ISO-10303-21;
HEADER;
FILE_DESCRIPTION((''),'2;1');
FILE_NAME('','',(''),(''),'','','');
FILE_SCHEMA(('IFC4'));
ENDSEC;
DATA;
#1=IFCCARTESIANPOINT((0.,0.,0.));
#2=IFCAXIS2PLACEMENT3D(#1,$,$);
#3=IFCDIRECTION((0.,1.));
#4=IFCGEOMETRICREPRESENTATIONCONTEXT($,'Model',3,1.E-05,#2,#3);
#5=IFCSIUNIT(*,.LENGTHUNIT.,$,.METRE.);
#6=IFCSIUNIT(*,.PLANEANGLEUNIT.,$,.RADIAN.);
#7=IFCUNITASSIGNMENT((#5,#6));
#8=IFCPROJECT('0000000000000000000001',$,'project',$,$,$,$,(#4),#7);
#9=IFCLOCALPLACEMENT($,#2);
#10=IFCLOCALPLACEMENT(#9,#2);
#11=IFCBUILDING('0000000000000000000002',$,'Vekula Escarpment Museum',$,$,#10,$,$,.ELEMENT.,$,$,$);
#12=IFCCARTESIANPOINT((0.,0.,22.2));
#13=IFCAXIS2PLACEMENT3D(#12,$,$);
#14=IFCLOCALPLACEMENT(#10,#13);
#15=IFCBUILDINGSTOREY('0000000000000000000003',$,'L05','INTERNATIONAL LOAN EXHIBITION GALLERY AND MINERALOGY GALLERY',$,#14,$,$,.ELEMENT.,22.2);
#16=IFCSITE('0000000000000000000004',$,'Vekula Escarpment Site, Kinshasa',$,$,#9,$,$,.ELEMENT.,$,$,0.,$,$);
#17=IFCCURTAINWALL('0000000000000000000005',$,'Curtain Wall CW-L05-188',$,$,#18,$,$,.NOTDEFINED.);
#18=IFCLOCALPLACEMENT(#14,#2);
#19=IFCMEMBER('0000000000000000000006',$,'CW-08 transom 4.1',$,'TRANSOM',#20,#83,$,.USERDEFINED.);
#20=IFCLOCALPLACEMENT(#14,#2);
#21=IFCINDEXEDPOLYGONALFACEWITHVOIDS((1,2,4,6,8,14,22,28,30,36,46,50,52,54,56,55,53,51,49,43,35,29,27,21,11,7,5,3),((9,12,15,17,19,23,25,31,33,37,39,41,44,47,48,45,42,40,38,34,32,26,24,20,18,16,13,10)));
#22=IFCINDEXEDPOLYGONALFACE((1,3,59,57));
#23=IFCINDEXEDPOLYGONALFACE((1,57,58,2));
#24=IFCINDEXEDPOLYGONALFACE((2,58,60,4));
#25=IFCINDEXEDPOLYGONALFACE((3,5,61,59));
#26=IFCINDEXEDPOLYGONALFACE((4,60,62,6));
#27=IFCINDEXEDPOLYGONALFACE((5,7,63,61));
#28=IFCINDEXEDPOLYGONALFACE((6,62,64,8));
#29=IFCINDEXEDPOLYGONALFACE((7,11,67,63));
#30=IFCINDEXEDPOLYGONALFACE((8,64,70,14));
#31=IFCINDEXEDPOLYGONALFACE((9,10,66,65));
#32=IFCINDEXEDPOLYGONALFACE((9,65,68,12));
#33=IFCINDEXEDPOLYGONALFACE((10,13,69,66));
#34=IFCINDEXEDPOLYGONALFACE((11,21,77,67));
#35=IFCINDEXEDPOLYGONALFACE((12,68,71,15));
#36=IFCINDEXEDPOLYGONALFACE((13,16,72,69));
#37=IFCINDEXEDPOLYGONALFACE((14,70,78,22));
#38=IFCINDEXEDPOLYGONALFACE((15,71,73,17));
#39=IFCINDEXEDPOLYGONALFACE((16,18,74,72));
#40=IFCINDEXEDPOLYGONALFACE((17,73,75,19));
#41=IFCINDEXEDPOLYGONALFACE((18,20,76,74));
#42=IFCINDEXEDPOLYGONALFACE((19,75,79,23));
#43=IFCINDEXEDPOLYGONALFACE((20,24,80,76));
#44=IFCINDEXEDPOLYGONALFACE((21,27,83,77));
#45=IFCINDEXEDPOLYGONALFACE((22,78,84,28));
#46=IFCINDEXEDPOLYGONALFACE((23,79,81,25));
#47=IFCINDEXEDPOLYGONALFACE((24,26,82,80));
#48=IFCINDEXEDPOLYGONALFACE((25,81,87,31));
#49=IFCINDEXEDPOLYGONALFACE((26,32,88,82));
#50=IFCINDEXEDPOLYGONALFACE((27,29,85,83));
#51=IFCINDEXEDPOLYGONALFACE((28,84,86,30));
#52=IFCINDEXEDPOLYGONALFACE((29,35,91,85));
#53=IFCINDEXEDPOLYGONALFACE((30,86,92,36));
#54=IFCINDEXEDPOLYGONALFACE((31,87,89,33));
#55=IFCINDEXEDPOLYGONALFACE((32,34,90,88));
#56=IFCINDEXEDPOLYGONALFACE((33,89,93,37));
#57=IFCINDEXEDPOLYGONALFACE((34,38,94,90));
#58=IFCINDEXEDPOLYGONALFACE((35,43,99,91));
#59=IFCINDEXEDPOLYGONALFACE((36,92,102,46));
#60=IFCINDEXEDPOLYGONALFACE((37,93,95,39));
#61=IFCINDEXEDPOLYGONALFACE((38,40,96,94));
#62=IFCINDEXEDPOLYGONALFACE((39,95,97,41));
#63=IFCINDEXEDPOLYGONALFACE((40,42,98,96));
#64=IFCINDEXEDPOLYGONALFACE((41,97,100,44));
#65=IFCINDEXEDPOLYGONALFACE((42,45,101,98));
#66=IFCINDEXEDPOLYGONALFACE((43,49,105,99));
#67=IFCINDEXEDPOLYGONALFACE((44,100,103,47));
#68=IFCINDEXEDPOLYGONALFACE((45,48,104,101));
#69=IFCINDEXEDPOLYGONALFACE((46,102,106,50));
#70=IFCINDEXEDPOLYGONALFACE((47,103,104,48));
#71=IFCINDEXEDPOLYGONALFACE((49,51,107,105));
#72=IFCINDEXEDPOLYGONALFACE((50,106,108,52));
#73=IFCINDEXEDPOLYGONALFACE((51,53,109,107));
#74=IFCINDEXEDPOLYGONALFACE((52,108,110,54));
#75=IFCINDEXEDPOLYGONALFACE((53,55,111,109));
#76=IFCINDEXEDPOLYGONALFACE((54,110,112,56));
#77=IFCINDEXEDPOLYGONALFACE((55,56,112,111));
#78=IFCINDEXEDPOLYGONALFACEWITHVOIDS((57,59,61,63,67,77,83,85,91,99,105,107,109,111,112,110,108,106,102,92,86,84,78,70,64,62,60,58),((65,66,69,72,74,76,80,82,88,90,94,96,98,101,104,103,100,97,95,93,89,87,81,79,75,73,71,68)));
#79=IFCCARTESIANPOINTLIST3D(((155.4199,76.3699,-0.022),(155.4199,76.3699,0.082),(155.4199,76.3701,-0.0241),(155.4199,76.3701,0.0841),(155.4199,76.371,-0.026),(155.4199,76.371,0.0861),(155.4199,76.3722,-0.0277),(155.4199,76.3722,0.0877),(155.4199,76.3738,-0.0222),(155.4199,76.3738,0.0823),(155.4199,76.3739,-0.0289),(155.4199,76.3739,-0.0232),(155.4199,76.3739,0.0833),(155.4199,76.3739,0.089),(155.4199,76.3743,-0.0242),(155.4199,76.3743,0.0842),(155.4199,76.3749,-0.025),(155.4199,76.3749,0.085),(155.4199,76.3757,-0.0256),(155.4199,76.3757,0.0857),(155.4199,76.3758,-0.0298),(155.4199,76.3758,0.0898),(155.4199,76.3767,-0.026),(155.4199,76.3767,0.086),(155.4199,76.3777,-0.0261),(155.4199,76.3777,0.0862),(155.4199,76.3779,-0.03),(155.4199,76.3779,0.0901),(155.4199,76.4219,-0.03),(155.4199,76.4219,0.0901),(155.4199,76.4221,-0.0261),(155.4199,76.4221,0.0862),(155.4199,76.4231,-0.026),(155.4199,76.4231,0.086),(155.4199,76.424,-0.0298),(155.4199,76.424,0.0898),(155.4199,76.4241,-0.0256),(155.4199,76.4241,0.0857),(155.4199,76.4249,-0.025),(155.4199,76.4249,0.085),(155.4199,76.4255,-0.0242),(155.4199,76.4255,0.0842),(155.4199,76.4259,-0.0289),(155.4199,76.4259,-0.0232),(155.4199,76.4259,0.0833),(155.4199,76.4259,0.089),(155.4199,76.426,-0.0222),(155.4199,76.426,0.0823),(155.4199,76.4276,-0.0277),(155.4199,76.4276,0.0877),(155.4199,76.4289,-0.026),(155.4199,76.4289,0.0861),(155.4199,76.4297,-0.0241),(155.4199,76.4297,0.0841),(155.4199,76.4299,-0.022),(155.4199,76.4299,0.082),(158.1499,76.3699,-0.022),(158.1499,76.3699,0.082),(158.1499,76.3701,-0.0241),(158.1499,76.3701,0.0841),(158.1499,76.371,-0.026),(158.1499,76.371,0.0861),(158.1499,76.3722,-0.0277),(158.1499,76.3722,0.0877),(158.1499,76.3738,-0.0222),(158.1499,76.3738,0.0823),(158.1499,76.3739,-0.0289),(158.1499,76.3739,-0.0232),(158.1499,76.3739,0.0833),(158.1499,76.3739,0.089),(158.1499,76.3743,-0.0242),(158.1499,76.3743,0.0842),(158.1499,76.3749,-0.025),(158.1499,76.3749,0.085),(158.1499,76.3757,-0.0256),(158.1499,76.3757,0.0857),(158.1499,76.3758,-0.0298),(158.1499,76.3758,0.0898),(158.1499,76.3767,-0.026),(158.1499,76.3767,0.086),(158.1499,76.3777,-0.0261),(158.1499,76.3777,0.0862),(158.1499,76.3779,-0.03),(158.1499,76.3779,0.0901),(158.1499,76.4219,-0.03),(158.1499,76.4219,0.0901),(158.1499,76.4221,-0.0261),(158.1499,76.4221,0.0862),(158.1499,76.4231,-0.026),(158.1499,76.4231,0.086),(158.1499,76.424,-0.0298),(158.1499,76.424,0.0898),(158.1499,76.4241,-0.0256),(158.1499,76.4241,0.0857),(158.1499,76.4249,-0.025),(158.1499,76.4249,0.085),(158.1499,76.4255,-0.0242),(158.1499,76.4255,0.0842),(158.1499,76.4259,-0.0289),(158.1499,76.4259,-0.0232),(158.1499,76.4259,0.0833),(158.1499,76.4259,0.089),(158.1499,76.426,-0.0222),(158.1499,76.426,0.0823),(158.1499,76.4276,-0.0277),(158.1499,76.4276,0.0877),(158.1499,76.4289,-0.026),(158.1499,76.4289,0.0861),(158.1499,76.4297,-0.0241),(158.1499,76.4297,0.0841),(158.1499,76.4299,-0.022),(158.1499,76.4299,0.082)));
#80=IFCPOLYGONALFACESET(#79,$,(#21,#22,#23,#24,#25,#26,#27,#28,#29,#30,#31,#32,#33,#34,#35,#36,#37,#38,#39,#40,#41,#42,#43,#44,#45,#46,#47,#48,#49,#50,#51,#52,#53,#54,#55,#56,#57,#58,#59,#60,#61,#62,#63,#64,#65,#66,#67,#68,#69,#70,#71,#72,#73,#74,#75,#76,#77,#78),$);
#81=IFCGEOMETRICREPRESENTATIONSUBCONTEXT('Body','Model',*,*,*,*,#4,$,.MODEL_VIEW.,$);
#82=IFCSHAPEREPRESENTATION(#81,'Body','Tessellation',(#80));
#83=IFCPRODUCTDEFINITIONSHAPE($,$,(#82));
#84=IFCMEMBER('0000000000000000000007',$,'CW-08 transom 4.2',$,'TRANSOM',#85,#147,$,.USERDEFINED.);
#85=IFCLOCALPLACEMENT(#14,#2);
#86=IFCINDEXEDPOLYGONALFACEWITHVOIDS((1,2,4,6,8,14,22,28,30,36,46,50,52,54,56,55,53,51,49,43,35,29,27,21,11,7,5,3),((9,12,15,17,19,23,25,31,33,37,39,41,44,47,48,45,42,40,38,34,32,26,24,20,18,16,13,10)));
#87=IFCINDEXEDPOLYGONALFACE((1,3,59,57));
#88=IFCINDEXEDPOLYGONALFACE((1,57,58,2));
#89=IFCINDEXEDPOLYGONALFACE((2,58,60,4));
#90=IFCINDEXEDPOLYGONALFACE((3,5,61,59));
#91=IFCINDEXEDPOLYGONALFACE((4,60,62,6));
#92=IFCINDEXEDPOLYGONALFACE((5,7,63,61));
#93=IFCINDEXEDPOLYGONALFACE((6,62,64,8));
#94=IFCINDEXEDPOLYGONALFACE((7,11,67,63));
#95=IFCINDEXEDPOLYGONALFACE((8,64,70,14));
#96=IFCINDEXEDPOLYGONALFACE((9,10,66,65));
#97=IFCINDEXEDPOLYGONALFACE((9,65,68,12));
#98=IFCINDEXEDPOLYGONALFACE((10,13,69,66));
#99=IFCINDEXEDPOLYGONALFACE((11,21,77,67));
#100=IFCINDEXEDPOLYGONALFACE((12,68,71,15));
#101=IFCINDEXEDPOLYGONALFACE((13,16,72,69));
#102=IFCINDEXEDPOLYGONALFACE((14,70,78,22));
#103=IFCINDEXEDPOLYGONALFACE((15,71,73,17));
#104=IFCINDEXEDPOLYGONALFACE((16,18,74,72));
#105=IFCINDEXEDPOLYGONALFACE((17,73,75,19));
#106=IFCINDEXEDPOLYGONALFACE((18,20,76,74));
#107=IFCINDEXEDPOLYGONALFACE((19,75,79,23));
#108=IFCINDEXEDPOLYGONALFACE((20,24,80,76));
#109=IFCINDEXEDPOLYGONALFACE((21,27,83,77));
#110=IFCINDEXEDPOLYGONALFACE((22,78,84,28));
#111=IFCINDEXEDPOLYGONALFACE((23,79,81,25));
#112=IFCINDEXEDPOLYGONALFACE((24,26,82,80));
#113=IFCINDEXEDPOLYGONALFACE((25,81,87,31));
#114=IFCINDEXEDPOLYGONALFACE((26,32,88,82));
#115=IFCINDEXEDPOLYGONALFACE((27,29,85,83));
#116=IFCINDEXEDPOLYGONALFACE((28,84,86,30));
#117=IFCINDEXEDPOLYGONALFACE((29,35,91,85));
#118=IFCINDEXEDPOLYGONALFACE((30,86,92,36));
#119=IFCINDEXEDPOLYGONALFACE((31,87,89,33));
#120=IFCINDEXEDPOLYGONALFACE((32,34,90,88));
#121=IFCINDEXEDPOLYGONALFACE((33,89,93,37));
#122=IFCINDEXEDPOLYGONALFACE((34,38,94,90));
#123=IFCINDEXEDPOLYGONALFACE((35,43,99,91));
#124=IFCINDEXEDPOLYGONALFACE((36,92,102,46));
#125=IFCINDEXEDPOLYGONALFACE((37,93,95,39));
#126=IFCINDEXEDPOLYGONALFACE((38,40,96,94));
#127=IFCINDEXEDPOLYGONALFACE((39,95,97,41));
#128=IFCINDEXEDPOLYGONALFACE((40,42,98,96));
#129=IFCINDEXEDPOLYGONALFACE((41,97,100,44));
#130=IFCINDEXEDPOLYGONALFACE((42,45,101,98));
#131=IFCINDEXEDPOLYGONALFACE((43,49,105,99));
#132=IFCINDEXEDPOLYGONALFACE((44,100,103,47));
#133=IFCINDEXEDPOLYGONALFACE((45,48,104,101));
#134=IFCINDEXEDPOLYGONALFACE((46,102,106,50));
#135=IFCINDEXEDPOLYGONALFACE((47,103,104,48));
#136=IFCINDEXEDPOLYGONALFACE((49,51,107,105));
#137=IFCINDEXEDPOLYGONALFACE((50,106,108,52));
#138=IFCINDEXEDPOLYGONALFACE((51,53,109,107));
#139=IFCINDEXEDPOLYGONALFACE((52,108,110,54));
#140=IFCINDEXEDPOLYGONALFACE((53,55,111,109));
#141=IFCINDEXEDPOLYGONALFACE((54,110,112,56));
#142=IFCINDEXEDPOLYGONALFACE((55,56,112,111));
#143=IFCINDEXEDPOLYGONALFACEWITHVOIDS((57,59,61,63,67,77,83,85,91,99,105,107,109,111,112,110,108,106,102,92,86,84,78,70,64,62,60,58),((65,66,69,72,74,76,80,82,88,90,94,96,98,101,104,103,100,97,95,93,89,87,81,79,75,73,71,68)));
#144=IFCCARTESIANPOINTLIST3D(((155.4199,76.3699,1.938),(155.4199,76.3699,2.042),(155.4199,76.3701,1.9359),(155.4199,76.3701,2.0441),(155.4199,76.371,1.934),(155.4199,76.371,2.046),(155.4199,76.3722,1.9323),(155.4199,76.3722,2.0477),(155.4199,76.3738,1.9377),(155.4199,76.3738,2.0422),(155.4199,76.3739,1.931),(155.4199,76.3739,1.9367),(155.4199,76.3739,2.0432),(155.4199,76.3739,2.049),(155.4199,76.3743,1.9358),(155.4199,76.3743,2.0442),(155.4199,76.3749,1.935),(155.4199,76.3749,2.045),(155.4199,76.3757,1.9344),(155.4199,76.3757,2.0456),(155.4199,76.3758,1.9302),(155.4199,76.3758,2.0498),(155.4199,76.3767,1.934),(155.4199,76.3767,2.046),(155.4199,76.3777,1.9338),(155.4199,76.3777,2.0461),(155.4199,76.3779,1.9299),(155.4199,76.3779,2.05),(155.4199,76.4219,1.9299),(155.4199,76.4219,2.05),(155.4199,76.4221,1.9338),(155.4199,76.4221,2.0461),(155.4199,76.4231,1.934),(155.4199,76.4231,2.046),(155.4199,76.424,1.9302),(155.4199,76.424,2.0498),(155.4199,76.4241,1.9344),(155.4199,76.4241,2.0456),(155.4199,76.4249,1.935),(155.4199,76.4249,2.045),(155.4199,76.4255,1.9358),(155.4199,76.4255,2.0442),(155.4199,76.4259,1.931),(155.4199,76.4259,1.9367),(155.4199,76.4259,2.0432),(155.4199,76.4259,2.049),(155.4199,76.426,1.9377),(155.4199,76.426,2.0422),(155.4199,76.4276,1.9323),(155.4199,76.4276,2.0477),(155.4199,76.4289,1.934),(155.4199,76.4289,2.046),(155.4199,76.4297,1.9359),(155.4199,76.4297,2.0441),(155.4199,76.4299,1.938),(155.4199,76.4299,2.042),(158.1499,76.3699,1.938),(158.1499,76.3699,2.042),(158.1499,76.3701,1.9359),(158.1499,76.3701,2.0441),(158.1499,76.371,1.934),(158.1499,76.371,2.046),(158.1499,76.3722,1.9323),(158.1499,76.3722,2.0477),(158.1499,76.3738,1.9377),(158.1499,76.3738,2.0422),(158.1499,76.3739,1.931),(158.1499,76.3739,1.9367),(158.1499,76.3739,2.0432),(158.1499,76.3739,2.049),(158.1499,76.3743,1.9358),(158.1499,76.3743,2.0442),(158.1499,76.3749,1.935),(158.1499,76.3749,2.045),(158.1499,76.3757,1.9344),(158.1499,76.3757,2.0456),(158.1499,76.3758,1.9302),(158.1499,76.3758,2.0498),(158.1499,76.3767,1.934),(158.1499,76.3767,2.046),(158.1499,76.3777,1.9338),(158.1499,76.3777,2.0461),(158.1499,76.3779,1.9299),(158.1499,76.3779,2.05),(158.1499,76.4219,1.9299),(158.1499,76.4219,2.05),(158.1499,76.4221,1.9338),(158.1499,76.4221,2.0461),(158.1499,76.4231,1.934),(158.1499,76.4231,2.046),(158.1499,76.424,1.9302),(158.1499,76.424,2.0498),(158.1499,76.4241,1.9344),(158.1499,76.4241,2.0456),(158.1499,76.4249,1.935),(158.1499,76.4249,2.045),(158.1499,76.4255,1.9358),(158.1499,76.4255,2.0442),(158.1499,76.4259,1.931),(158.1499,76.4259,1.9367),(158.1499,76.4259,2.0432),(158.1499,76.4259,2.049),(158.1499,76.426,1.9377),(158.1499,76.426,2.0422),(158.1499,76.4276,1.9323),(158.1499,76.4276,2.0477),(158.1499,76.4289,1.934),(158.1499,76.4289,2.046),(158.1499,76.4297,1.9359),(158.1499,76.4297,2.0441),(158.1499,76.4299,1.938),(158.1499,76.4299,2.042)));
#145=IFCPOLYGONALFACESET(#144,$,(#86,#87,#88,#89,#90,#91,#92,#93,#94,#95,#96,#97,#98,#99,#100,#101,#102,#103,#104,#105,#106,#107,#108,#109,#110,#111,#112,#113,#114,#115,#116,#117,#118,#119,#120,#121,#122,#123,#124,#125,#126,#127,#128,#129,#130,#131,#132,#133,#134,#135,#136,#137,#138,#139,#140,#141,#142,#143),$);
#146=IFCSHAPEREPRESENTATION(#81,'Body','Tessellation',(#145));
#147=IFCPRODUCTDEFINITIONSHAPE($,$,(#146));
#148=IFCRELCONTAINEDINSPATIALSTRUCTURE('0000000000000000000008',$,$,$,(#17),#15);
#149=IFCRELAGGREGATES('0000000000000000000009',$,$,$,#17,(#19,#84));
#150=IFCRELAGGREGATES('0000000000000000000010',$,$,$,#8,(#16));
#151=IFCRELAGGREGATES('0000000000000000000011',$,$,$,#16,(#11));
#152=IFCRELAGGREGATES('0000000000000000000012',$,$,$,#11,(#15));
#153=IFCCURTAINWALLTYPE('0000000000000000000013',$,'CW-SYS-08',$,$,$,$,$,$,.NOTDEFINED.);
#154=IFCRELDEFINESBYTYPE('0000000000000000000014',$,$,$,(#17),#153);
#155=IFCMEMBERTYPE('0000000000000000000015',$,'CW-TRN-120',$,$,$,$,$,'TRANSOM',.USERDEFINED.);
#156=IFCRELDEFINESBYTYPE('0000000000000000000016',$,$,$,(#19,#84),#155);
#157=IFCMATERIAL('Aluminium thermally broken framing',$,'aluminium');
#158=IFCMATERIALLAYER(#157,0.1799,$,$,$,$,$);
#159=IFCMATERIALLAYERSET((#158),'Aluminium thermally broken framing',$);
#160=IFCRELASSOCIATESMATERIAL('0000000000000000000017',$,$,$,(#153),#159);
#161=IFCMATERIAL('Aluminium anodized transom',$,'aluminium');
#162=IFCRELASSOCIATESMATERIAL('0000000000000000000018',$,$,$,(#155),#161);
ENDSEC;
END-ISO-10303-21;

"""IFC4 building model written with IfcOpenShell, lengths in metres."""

from ifc_helpers import new_model, si_unit, direction, frame, origin, origin_2d, place, context, subcontext, project, spatial, hollow_rectangle, extrude, material, layer, layer_set, material_profile, profile_set, type_object, element, aggregate, save


model = new_model("IFC4")

# Units and contexts
model_context = context("Model", 3, precision=1e-05, world=origin(), true_north=direction((0.0, 1.0)))
body_context = subcontext(model_context, "Body", "Model", "MODEL_VIEW")
ifc_project = project(units=[si_unit("LENGTHUNIT", "METRE"), si_unit("PLANEANGLEUNIT", "RADIAN")], contexts=[model_context])

# Site, building, storey
site_placement = place(None, origin())
site = spatial("IfcSite", under=ifc_project, at=site_placement, Name="Vekula Escarpment Site, Kinshasa", CompositionType="ELEMENT", RefElevation=0.0)
building_placement = place(site_placement, origin())
building = spatial("IfcBuilding", under=site, at=building_placement, Name="Vekula Escarpment Museum", CompositionType="ELEMENT")
storey_placement = place(building_placement, frame((0.0, 0.0, 22.2)))
storey = spatial("IfcBuildingStorey", under=building, at=storey_placement, Name="L05", Description="INTERNATIONAL LOAN EXHIBITION GALLERY AND MINERALOGY GALLERY", CompositionType="ELEMENT", Elevation=22.2)

# Curtain wall, members
ifc_material_1 = material(Name="Aluminium thermally broken framing", Category="aluminium")
ifc_layer_1 = layer(ifc_material_1, 0.1799)
ifc_layer_set_1 = layer_set([ifc_layer_1], Name="Aluminium thermally broken framing")
curtain_wall_type = type_object("IfcCurtainWallType", Name="CW-SYS-08", PredefinedType="NOTDEFINED", material=ifc_layer_set_1)
curtain_wall_placement = place(storey_placement, origin())
curtain_wall = element("IfcCurtainWall", 1, at=curtain_wall_placement, inside=storey, type_object=curtain_wall_type, Name="Curtain Wall CW-L05-188", PredefinedType="NOTDEFINED")
ifc_material_2 = material(Name="Aluminium anodized transom", Category="aluminium")
ifc_material_profile_1 = material_profile(ifc_material_2, hollow_rectangle(XDim=0.0601, YDim=0.1201, WallThickness=0.0039, InnerFilletRadius=0.0039, OuterFilletRadius=0.0081, at=origin_2d()), Name="ALU 120x60x4")
ifc_profile_set_1 = profile_set([ifc_material_profile_1], Name="Aluminium anodized transom")
member_type_1 = type_object("IfcMemberType", Name="CW-TRN-120", ElementType="TRANSOM", PredefinedType="USERDEFINED", material=ifc_profile_set_1)
member_1_placement = place(storey_placement, frame((158.1499, 76.3999, 0.03), z_axis=(-1.0, 0.0, 0.0), x_axis=(0.0, -1.0, 0.0)))
member_1 = element("IfcMember", 2, at=member_1_placement, type_object=member_type_1, Name="CW-08 transom 4.1", ObjectType="TRANSOM", PredefinedType="USERDEFINED", context=body_context, shape_type="SweptSolid", body=[
    extrude(hollow_rectangle(XDim=0.0601, YDim=0.1201, WallThickness=0.0039, InnerFilletRadius=0.0039, OuterFilletRadius=0.0081, at=origin_2d()), origin(), (0.0, 0.0, 1.0), 2.73),
])
member_2_placement = place(storey_placement, frame((158.1499, 76.3999, 1.99), z_axis=(-1.0, 0.0, 0.0), x_axis=(0.0, -1.0, 0.0)))
member_2 = element("IfcMember", 3, at=member_2_placement, type_object=member_type_1, Name="CW-08 transom 4.2", ObjectType="TRANSOM", PredefinedType="USERDEFINED", context=body_context, shape_type="SweptSolid", body=[
    extrude(hollow_rectangle(XDim=0.0601, YDim=0.1201, WallThickness=0.0039, InnerFilletRadius=0.0039, OuterFilletRadius=0.0081, at=origin_2d()), origin(), (0.0, 0.0, 1.0), 2.73),
])
aggregate(curtain_wall, [member_1, member_2])

save(model, "model.ifc")
